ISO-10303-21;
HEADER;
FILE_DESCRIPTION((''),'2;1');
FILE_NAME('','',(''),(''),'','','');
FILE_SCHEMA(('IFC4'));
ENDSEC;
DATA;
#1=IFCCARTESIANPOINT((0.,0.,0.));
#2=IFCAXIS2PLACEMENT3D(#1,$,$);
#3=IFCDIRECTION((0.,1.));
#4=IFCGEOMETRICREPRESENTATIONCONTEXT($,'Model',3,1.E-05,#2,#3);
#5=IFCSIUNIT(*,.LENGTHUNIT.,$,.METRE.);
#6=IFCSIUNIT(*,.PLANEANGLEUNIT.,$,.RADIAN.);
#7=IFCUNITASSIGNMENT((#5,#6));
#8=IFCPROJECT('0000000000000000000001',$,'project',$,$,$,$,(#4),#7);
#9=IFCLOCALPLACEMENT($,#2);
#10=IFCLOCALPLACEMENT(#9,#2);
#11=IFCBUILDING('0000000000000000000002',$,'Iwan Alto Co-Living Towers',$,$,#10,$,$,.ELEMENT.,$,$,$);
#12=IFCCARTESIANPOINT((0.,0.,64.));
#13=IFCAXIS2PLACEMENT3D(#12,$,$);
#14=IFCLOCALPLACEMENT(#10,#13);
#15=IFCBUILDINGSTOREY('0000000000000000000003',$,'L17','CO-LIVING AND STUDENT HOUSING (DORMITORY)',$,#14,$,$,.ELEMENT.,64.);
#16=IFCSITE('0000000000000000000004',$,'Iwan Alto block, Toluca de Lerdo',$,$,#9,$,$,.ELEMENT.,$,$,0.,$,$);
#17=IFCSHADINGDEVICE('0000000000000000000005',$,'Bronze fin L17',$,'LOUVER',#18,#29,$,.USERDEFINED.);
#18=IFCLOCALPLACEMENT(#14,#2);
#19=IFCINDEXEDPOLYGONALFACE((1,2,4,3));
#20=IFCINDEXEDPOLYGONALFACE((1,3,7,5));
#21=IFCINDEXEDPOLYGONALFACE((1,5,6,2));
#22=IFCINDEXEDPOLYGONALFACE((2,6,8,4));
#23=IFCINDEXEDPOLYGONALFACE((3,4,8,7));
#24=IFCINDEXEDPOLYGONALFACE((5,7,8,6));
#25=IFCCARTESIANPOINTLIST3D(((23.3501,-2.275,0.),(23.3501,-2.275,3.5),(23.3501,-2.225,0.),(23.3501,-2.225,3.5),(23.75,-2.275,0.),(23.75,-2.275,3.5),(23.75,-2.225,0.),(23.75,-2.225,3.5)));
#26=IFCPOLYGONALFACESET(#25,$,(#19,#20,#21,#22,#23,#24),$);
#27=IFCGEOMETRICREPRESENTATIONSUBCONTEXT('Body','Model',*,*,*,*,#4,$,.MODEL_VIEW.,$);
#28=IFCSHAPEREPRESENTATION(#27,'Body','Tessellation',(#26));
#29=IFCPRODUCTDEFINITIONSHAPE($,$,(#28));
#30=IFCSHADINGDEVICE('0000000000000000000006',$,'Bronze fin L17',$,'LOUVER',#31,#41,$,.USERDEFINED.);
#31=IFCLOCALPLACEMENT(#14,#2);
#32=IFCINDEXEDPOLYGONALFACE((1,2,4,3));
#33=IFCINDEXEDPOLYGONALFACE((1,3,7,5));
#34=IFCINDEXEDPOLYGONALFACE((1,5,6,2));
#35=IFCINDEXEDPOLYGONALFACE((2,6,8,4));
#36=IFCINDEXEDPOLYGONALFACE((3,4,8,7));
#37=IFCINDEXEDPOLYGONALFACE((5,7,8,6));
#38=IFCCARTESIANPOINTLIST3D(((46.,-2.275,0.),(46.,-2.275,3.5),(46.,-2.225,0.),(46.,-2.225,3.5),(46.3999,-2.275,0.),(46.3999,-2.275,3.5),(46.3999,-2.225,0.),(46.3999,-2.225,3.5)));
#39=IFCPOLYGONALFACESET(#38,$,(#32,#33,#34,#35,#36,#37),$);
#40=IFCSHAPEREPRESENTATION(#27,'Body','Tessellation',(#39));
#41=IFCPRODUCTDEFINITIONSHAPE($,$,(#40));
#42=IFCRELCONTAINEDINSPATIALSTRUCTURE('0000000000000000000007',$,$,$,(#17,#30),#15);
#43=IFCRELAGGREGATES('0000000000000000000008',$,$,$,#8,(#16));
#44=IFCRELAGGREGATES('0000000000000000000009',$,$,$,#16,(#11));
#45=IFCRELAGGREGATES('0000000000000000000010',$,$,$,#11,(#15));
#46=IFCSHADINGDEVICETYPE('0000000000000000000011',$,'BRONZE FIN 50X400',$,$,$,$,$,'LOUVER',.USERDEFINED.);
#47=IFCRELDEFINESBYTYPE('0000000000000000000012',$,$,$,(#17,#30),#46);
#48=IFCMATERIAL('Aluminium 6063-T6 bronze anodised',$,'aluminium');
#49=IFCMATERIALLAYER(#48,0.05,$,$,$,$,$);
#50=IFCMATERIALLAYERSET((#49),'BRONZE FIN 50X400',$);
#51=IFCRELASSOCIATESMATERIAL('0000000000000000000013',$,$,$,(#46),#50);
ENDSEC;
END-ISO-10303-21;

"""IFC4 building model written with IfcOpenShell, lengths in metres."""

from ifc_helpers import new_model, si_unit, direction, frame, origin, origin_2d, place, context, subcontext, project, spatial, rectangle, extrude, material, layer, layer_set, type_object, element, save


model = new_model("IFC4")

# Units and contexts
model_context = context("Model", 3, precision=1e-05, world=origin(), true_north=direction((0.0, 1.0)))
body_context = subcontext(model_context, "Body", "Model", "MODEL_VIEW")
ifc_project = project(units=[si_unit("LENGTHUNIT", "METRE"), si_unit("PLANEANGLEUNIT", "RADIAN")], contexts=[model_context])

# Site, building, storey
site_placement = place(None, origin())
site = spatial("IfcSite", under=ifc_project, at=site_placement, Name="Iwan Alto block, Toluca de Lerdo", CompositionType="ELEMENT", RefElevation=0.0)
building_placement = place(site_placement, origin())
building = spatial("IfcBuilding", under=site, at=building_placement, Name="Iwan Alto Co-Living Towers", CompositionType="ELEMENT")
storey_placement = place(building_placement, frame((0.0, 0.0, 64.0)))
storey = spatial("IfcBuildingStorey", under=building, at=storey_placement, Name="L17", Description="CO-LIVING AND STUDENT HOUSING (DORMITORY)", CompositionType="ELEMENT", Elevation=64.0)

# Shading devices
ifc_material_1 = material(Name="Aluminium 6063-T6 bronze anodised", Category="aluminium")
ifc_layer_1 = layer(ifc_material_1, 0.05)
ifc_layer_set_1 = layer_set([ifc_layer_1], Name="BRONZE FIN 50X400")
shading_device_type = type_object("IfcShadingDeviceType", Name="BRONZE FIN 50X400", ElementType="LOUVER", PredefinedType="USERDEFINED", material=ifc_layer_set_1)
for number, where, z_axis, x_axis, name in (
    (1, (23.55, -2.25, 0.0), (0.0, 0.0, 1.0), (0.0, 1.0, 0.0), "Bronze fin L17"),
    (2, (46.2, -2.25, 0.0), (0.0, 0.0, 1.0), (0.0, -1.0, 0.0), "Bronze fin L17"),
):
    element("IfcShadingDevice", number, at=place(storey_placement, frame(where, z_axis=z_axis, x_axis=x_axis)), inside=storey, type_object=shading_device_type, Name=name, ObjectType="LOUVER", PredefinedType="USERDEFINED", context=body_context, shape_type="SweptSolid", body=[
        extrude(rectangle(XDim=0.05, YDim=0.3999, at=origin_2d()), origin(), (0.0, 0.0, 1.0), 3.5),
    ])

save(model, "model.ifc")
